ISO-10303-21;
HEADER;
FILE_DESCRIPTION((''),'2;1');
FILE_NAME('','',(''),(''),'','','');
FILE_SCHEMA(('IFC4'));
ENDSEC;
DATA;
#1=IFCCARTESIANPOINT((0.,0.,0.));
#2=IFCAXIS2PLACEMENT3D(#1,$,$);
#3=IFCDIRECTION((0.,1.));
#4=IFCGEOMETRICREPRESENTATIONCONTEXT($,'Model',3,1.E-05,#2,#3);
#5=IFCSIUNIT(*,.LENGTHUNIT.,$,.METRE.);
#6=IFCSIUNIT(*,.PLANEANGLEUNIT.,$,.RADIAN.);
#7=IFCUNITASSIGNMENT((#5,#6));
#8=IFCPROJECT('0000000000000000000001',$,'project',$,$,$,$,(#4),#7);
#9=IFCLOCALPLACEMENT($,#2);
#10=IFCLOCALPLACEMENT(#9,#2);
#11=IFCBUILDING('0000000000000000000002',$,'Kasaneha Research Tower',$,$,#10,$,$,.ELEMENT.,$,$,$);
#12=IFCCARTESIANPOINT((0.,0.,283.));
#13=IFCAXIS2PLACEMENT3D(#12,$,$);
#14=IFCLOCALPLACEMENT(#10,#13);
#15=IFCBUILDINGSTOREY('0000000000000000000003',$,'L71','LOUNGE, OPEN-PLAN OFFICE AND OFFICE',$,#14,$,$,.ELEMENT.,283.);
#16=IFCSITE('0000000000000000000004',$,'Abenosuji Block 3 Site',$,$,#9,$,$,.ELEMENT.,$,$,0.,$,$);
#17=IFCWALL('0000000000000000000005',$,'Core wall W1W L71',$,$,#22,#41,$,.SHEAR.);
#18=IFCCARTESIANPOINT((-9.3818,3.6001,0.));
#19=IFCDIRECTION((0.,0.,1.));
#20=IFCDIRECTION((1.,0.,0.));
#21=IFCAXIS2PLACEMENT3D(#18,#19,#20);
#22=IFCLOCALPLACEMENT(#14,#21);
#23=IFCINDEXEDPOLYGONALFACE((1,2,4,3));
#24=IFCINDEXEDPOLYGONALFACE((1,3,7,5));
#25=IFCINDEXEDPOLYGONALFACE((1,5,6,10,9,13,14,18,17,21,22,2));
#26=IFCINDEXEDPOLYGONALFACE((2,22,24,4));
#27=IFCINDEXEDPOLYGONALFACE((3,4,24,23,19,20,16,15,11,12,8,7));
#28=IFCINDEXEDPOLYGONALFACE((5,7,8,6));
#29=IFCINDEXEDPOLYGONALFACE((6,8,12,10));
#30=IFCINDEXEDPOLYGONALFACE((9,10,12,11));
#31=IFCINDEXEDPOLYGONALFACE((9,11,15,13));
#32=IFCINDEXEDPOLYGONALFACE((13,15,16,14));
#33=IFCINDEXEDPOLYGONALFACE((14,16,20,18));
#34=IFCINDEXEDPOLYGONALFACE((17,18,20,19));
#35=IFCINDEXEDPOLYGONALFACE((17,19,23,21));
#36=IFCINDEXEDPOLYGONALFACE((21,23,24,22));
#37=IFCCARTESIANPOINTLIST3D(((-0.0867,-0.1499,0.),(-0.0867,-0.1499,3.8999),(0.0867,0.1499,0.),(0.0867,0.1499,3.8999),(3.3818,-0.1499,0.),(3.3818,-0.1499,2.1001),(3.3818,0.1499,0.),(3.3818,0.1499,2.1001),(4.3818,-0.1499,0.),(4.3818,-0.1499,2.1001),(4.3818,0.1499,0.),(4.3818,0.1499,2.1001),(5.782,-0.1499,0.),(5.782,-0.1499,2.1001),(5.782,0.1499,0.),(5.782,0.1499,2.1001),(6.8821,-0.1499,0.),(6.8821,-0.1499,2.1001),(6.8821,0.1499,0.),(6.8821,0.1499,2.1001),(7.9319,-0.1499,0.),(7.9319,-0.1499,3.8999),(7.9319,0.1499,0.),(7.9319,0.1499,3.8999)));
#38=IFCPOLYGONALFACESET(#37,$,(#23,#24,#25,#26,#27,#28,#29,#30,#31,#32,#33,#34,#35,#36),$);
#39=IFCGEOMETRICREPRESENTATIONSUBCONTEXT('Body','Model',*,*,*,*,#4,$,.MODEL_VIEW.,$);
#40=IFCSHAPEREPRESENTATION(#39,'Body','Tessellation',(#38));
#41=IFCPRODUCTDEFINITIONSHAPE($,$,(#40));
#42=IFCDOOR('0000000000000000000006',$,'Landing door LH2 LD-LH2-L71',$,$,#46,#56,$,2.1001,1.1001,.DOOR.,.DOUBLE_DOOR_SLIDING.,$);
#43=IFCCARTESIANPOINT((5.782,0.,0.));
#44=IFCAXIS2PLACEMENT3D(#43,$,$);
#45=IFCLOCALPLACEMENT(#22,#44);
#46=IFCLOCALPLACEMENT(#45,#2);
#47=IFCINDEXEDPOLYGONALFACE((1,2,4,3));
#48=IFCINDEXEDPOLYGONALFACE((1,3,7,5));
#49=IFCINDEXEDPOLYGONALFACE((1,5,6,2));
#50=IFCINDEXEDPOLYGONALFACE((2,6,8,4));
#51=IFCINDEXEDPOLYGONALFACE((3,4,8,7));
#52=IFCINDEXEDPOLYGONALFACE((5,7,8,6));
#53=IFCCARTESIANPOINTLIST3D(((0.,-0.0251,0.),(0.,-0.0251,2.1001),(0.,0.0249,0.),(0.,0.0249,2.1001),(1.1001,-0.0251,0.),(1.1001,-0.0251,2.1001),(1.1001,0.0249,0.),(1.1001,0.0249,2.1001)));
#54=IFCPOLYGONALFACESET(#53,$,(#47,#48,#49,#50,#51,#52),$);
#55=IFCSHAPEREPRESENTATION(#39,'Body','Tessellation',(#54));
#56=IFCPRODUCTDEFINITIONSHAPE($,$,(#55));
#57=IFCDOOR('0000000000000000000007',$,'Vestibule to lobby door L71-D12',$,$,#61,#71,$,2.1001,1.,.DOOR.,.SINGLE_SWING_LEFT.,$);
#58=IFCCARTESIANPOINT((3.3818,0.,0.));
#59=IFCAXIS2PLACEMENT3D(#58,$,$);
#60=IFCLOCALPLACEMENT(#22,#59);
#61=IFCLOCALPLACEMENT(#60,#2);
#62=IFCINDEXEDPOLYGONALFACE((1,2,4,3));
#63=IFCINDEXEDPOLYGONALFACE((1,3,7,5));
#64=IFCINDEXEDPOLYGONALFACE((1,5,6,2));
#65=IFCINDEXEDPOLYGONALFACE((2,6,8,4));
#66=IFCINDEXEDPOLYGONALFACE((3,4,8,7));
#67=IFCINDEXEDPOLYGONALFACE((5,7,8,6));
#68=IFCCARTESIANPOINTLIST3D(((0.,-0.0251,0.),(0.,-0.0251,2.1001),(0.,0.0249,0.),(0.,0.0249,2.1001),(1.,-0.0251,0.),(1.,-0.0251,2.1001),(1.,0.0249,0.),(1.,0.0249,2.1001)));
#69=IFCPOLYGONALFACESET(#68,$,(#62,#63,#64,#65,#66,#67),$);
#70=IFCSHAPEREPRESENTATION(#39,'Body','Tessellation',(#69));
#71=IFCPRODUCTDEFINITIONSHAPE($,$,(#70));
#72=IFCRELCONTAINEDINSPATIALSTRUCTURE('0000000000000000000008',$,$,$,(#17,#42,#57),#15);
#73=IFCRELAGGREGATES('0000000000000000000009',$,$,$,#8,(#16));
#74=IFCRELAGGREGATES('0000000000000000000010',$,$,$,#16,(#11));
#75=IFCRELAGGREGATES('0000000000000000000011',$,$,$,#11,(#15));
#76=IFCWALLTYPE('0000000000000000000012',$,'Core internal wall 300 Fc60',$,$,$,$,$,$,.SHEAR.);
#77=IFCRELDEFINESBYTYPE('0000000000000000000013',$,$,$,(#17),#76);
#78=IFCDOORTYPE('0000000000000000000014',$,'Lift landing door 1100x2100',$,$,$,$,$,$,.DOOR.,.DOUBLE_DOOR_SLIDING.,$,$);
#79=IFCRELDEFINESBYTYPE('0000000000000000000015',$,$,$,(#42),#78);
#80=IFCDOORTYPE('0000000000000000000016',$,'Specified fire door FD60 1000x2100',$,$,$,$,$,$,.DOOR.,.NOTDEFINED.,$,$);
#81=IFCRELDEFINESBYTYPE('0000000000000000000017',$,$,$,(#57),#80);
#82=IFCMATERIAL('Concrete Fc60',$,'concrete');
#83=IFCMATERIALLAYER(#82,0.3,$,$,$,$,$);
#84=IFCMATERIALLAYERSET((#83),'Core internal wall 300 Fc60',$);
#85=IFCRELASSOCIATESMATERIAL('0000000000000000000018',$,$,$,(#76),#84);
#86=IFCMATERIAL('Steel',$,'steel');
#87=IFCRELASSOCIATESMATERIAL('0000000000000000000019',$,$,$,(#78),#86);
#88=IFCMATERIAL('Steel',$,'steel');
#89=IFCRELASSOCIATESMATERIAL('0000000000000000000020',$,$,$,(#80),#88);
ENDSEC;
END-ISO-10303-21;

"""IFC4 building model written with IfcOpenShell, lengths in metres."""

from ifc_helpers import new_model, si_unit, direction, frame, frame_2d, origin, place, context, subcontext, project, spatial, polyline, rectangle, outline, extrude, material, layer, layer_set, type_object, element, fill, save


model = new_model("IFC4")

# Units and contexts
model_context = context("Model", 3, precision=1e-05, world=origin(), true_north=direction((0.0, 1.0)))
body_context = subcontext(model_context, "Body", "Model", "MODEL_VIEW")
ifc_project = project(units=[si_unit("LENGTHUNIT", "METRE"), si_unit("PLANEANGLEUNIT", "RADIAN")], contexts=[model_context])

# Site, building, storey
site_placement = place(None, origin())
site = spatial("IfcSite", under=ifc_project, at=site_placement, Name="Abenosuji Block 3 Site", CompositionType="ELEMENT", RefElevation=0.0)
building_placement = place(site_placement, origin())
building = spatial("IfcBuilding", under=site, at=building_placement, Name="Kasaneha Research Tower", CompositionType="ELEMENT")
storey_placement = place(building_placement, frame((0.0, 0.0, 283.0)))
storey = spatial("IfcBuildingStorey", under=building, at=storey_placement, Name="L71", Description="LOUNGE, OPEN-PLAN OFFICE AND OFFICE", CompositionType="ELEMENT", Elevation=283.0)

# Wall, openings, doors
ifc_material_1 = material(Name="Concrete Fc60", Category="concrete")
ifc_layer_1 = layer(ifc_material_1, 0.3)
ifc_layer_set_1 = layer_set([ifc_layer_1], Name="Core internal wall 300 Fc60")
wall_type_1 = type_object("IfcWallType", Name="Core internal wall 300 Fc60", PredefinedType="SHEAR", material=ifc_layer_set_1)
wall_1_placement = place(storey_placement, frame((-9.3818, 3.6001, 0.0), z_axis=(0.0, 0.0, 1.0), x_axis=(1.0, 0.0, 0.0)))
wall_1 = element("IfcWall", 1, at=wall_1_placement, inside=storey, type_object=wall_type_1, Name="Core wall W1W L71", PredefinedType="SHEAR", context=body_context, shape_type="SweptSolid", body=[
    extrude(outline(polyline([(-0.0867, -0.1499), (3.3818, -0.1499), (4.3818, -0.1499), (5.782, -0.1499), (6.8821, -0.1499), (7.9319, -0.1499), (7.9319, 0.1499), (6.8821, 0.1499), (5.782, 0.1499), (4.3818, 0.1499), (3.3818, 0.1499), (0.0867, 0.1499), (-0.0867, -0.1499)])), origin(), (0.0, 0.0, 1.0), 3.8999),
])
opening_1_placement = place(wall_1_placement, frame((3.3818, 0.0, 0.0)))
opening_1 = element("IfcOpeningElement", 2, at=opening_1_placement, cuts=wall_1, PredefinedType="OPENING", context=body_context, shape_type="SweptSolid", body=[
    extrude(rectangle(XDim=1.0, YDim=2.1001, at=frame_2d((0.5, 1.05))), frame((0.0, 0.1602, 0.0), z_axis=(0.0, -1.0, 0.0), x_axis=(1.0, 0.0, 0.0)), (0.0, 0.0, 1.0), 0.3201),
])
opening_2_placement = place(wall_1_placement, frame((5.782, 0.0, 0.0)))
opening_2 = element("IfcOpeningElement", 3, at=opening_2_placement, cuts=wall_1, PredefinedType="OPENING", context=body_context, shape_type="SweptSolid", body=[
    extrude(rectangle(XDim=1.1001, YDim=2.1001, at=frame_2d((0.55, 1.05))), frame((0.0, 0.1602, 0.0), z_axis=(0.0, -1.0, 0.0), x_axis=(1.0, 0.0, 0.0)), (0.0, 0.0, 1.0), 0.3201),
])
ifc_material_2 = material(Name="Steel", Category="steel")
door_type_1 = type_object("IfcDoorType", Name="Lift landing door 1100x2100", OperationType="DOUBLE_DOOR_SLIDING", PredefinedType="DOOR", material=ifc_material_2)
door_1_placement = place(opening_2_placement, origin())
door_1 = element("IfcDoor", 4, at=door_1_placement, inside=storey, type_object=door_type_1, Name="Landing door LH2 LD-LH2-L71", OperationType="DOUBLE_DOOR_SLIDING", OverallHeight=2.1001, OverallWidth=1.1001, PredefinedType="DOOR", context=body_context, shape_type="SweptSolid", body=[
    extrude(rectangle(XDim=1.1001, YDim=2.1001, at=frame_2d((0.55, 1.05))), frame((0.0, 0.0249, 0.0), z_axis=(0.0, -1.0, 0.0), x_axis=(1.0, 0.0, 0.0)), (0.0, 0.0, 1.0), 0.05),
])
fill(opening_2, door_1)
ifc_material_3 = material(Name="Steel", Category="steel")
door_type_2 = type_object("IfcDoorType", Name="Specified fire door FD60 1000x2100", OperationType="NOTDEFINED", PredefinedType="DOOR", material=ifc_material_3)
door_2_placement = place(opening_1_placement, origin())
door_2 = element("IfcDoor", 5, at=door_2_placement, inside=storey, type_object=door_type_2, Name="Vestibule to lobby door L71-D12", OperationType="SINGLE_SWING_LEFT", OverallHeight=2.1001, OverallWidth=1.0, PredefinedType="DOOR", context=body_context, shape_type="SweptSolid", body=[
    extrude(rectangle(XDim=1.0, YDim=2.1001, at=frame_2d((0.5, 1.05))), frame((0.0, 0.0249, 0.0), z_axis=(0.0, -1.0, 0.0), x_axis=(1.0, 0.0, 0.0)), (0.0, 0.0, 1.0), 0.05),
])
fill(opening_1, door_2)

save(model, "model.ifc")
